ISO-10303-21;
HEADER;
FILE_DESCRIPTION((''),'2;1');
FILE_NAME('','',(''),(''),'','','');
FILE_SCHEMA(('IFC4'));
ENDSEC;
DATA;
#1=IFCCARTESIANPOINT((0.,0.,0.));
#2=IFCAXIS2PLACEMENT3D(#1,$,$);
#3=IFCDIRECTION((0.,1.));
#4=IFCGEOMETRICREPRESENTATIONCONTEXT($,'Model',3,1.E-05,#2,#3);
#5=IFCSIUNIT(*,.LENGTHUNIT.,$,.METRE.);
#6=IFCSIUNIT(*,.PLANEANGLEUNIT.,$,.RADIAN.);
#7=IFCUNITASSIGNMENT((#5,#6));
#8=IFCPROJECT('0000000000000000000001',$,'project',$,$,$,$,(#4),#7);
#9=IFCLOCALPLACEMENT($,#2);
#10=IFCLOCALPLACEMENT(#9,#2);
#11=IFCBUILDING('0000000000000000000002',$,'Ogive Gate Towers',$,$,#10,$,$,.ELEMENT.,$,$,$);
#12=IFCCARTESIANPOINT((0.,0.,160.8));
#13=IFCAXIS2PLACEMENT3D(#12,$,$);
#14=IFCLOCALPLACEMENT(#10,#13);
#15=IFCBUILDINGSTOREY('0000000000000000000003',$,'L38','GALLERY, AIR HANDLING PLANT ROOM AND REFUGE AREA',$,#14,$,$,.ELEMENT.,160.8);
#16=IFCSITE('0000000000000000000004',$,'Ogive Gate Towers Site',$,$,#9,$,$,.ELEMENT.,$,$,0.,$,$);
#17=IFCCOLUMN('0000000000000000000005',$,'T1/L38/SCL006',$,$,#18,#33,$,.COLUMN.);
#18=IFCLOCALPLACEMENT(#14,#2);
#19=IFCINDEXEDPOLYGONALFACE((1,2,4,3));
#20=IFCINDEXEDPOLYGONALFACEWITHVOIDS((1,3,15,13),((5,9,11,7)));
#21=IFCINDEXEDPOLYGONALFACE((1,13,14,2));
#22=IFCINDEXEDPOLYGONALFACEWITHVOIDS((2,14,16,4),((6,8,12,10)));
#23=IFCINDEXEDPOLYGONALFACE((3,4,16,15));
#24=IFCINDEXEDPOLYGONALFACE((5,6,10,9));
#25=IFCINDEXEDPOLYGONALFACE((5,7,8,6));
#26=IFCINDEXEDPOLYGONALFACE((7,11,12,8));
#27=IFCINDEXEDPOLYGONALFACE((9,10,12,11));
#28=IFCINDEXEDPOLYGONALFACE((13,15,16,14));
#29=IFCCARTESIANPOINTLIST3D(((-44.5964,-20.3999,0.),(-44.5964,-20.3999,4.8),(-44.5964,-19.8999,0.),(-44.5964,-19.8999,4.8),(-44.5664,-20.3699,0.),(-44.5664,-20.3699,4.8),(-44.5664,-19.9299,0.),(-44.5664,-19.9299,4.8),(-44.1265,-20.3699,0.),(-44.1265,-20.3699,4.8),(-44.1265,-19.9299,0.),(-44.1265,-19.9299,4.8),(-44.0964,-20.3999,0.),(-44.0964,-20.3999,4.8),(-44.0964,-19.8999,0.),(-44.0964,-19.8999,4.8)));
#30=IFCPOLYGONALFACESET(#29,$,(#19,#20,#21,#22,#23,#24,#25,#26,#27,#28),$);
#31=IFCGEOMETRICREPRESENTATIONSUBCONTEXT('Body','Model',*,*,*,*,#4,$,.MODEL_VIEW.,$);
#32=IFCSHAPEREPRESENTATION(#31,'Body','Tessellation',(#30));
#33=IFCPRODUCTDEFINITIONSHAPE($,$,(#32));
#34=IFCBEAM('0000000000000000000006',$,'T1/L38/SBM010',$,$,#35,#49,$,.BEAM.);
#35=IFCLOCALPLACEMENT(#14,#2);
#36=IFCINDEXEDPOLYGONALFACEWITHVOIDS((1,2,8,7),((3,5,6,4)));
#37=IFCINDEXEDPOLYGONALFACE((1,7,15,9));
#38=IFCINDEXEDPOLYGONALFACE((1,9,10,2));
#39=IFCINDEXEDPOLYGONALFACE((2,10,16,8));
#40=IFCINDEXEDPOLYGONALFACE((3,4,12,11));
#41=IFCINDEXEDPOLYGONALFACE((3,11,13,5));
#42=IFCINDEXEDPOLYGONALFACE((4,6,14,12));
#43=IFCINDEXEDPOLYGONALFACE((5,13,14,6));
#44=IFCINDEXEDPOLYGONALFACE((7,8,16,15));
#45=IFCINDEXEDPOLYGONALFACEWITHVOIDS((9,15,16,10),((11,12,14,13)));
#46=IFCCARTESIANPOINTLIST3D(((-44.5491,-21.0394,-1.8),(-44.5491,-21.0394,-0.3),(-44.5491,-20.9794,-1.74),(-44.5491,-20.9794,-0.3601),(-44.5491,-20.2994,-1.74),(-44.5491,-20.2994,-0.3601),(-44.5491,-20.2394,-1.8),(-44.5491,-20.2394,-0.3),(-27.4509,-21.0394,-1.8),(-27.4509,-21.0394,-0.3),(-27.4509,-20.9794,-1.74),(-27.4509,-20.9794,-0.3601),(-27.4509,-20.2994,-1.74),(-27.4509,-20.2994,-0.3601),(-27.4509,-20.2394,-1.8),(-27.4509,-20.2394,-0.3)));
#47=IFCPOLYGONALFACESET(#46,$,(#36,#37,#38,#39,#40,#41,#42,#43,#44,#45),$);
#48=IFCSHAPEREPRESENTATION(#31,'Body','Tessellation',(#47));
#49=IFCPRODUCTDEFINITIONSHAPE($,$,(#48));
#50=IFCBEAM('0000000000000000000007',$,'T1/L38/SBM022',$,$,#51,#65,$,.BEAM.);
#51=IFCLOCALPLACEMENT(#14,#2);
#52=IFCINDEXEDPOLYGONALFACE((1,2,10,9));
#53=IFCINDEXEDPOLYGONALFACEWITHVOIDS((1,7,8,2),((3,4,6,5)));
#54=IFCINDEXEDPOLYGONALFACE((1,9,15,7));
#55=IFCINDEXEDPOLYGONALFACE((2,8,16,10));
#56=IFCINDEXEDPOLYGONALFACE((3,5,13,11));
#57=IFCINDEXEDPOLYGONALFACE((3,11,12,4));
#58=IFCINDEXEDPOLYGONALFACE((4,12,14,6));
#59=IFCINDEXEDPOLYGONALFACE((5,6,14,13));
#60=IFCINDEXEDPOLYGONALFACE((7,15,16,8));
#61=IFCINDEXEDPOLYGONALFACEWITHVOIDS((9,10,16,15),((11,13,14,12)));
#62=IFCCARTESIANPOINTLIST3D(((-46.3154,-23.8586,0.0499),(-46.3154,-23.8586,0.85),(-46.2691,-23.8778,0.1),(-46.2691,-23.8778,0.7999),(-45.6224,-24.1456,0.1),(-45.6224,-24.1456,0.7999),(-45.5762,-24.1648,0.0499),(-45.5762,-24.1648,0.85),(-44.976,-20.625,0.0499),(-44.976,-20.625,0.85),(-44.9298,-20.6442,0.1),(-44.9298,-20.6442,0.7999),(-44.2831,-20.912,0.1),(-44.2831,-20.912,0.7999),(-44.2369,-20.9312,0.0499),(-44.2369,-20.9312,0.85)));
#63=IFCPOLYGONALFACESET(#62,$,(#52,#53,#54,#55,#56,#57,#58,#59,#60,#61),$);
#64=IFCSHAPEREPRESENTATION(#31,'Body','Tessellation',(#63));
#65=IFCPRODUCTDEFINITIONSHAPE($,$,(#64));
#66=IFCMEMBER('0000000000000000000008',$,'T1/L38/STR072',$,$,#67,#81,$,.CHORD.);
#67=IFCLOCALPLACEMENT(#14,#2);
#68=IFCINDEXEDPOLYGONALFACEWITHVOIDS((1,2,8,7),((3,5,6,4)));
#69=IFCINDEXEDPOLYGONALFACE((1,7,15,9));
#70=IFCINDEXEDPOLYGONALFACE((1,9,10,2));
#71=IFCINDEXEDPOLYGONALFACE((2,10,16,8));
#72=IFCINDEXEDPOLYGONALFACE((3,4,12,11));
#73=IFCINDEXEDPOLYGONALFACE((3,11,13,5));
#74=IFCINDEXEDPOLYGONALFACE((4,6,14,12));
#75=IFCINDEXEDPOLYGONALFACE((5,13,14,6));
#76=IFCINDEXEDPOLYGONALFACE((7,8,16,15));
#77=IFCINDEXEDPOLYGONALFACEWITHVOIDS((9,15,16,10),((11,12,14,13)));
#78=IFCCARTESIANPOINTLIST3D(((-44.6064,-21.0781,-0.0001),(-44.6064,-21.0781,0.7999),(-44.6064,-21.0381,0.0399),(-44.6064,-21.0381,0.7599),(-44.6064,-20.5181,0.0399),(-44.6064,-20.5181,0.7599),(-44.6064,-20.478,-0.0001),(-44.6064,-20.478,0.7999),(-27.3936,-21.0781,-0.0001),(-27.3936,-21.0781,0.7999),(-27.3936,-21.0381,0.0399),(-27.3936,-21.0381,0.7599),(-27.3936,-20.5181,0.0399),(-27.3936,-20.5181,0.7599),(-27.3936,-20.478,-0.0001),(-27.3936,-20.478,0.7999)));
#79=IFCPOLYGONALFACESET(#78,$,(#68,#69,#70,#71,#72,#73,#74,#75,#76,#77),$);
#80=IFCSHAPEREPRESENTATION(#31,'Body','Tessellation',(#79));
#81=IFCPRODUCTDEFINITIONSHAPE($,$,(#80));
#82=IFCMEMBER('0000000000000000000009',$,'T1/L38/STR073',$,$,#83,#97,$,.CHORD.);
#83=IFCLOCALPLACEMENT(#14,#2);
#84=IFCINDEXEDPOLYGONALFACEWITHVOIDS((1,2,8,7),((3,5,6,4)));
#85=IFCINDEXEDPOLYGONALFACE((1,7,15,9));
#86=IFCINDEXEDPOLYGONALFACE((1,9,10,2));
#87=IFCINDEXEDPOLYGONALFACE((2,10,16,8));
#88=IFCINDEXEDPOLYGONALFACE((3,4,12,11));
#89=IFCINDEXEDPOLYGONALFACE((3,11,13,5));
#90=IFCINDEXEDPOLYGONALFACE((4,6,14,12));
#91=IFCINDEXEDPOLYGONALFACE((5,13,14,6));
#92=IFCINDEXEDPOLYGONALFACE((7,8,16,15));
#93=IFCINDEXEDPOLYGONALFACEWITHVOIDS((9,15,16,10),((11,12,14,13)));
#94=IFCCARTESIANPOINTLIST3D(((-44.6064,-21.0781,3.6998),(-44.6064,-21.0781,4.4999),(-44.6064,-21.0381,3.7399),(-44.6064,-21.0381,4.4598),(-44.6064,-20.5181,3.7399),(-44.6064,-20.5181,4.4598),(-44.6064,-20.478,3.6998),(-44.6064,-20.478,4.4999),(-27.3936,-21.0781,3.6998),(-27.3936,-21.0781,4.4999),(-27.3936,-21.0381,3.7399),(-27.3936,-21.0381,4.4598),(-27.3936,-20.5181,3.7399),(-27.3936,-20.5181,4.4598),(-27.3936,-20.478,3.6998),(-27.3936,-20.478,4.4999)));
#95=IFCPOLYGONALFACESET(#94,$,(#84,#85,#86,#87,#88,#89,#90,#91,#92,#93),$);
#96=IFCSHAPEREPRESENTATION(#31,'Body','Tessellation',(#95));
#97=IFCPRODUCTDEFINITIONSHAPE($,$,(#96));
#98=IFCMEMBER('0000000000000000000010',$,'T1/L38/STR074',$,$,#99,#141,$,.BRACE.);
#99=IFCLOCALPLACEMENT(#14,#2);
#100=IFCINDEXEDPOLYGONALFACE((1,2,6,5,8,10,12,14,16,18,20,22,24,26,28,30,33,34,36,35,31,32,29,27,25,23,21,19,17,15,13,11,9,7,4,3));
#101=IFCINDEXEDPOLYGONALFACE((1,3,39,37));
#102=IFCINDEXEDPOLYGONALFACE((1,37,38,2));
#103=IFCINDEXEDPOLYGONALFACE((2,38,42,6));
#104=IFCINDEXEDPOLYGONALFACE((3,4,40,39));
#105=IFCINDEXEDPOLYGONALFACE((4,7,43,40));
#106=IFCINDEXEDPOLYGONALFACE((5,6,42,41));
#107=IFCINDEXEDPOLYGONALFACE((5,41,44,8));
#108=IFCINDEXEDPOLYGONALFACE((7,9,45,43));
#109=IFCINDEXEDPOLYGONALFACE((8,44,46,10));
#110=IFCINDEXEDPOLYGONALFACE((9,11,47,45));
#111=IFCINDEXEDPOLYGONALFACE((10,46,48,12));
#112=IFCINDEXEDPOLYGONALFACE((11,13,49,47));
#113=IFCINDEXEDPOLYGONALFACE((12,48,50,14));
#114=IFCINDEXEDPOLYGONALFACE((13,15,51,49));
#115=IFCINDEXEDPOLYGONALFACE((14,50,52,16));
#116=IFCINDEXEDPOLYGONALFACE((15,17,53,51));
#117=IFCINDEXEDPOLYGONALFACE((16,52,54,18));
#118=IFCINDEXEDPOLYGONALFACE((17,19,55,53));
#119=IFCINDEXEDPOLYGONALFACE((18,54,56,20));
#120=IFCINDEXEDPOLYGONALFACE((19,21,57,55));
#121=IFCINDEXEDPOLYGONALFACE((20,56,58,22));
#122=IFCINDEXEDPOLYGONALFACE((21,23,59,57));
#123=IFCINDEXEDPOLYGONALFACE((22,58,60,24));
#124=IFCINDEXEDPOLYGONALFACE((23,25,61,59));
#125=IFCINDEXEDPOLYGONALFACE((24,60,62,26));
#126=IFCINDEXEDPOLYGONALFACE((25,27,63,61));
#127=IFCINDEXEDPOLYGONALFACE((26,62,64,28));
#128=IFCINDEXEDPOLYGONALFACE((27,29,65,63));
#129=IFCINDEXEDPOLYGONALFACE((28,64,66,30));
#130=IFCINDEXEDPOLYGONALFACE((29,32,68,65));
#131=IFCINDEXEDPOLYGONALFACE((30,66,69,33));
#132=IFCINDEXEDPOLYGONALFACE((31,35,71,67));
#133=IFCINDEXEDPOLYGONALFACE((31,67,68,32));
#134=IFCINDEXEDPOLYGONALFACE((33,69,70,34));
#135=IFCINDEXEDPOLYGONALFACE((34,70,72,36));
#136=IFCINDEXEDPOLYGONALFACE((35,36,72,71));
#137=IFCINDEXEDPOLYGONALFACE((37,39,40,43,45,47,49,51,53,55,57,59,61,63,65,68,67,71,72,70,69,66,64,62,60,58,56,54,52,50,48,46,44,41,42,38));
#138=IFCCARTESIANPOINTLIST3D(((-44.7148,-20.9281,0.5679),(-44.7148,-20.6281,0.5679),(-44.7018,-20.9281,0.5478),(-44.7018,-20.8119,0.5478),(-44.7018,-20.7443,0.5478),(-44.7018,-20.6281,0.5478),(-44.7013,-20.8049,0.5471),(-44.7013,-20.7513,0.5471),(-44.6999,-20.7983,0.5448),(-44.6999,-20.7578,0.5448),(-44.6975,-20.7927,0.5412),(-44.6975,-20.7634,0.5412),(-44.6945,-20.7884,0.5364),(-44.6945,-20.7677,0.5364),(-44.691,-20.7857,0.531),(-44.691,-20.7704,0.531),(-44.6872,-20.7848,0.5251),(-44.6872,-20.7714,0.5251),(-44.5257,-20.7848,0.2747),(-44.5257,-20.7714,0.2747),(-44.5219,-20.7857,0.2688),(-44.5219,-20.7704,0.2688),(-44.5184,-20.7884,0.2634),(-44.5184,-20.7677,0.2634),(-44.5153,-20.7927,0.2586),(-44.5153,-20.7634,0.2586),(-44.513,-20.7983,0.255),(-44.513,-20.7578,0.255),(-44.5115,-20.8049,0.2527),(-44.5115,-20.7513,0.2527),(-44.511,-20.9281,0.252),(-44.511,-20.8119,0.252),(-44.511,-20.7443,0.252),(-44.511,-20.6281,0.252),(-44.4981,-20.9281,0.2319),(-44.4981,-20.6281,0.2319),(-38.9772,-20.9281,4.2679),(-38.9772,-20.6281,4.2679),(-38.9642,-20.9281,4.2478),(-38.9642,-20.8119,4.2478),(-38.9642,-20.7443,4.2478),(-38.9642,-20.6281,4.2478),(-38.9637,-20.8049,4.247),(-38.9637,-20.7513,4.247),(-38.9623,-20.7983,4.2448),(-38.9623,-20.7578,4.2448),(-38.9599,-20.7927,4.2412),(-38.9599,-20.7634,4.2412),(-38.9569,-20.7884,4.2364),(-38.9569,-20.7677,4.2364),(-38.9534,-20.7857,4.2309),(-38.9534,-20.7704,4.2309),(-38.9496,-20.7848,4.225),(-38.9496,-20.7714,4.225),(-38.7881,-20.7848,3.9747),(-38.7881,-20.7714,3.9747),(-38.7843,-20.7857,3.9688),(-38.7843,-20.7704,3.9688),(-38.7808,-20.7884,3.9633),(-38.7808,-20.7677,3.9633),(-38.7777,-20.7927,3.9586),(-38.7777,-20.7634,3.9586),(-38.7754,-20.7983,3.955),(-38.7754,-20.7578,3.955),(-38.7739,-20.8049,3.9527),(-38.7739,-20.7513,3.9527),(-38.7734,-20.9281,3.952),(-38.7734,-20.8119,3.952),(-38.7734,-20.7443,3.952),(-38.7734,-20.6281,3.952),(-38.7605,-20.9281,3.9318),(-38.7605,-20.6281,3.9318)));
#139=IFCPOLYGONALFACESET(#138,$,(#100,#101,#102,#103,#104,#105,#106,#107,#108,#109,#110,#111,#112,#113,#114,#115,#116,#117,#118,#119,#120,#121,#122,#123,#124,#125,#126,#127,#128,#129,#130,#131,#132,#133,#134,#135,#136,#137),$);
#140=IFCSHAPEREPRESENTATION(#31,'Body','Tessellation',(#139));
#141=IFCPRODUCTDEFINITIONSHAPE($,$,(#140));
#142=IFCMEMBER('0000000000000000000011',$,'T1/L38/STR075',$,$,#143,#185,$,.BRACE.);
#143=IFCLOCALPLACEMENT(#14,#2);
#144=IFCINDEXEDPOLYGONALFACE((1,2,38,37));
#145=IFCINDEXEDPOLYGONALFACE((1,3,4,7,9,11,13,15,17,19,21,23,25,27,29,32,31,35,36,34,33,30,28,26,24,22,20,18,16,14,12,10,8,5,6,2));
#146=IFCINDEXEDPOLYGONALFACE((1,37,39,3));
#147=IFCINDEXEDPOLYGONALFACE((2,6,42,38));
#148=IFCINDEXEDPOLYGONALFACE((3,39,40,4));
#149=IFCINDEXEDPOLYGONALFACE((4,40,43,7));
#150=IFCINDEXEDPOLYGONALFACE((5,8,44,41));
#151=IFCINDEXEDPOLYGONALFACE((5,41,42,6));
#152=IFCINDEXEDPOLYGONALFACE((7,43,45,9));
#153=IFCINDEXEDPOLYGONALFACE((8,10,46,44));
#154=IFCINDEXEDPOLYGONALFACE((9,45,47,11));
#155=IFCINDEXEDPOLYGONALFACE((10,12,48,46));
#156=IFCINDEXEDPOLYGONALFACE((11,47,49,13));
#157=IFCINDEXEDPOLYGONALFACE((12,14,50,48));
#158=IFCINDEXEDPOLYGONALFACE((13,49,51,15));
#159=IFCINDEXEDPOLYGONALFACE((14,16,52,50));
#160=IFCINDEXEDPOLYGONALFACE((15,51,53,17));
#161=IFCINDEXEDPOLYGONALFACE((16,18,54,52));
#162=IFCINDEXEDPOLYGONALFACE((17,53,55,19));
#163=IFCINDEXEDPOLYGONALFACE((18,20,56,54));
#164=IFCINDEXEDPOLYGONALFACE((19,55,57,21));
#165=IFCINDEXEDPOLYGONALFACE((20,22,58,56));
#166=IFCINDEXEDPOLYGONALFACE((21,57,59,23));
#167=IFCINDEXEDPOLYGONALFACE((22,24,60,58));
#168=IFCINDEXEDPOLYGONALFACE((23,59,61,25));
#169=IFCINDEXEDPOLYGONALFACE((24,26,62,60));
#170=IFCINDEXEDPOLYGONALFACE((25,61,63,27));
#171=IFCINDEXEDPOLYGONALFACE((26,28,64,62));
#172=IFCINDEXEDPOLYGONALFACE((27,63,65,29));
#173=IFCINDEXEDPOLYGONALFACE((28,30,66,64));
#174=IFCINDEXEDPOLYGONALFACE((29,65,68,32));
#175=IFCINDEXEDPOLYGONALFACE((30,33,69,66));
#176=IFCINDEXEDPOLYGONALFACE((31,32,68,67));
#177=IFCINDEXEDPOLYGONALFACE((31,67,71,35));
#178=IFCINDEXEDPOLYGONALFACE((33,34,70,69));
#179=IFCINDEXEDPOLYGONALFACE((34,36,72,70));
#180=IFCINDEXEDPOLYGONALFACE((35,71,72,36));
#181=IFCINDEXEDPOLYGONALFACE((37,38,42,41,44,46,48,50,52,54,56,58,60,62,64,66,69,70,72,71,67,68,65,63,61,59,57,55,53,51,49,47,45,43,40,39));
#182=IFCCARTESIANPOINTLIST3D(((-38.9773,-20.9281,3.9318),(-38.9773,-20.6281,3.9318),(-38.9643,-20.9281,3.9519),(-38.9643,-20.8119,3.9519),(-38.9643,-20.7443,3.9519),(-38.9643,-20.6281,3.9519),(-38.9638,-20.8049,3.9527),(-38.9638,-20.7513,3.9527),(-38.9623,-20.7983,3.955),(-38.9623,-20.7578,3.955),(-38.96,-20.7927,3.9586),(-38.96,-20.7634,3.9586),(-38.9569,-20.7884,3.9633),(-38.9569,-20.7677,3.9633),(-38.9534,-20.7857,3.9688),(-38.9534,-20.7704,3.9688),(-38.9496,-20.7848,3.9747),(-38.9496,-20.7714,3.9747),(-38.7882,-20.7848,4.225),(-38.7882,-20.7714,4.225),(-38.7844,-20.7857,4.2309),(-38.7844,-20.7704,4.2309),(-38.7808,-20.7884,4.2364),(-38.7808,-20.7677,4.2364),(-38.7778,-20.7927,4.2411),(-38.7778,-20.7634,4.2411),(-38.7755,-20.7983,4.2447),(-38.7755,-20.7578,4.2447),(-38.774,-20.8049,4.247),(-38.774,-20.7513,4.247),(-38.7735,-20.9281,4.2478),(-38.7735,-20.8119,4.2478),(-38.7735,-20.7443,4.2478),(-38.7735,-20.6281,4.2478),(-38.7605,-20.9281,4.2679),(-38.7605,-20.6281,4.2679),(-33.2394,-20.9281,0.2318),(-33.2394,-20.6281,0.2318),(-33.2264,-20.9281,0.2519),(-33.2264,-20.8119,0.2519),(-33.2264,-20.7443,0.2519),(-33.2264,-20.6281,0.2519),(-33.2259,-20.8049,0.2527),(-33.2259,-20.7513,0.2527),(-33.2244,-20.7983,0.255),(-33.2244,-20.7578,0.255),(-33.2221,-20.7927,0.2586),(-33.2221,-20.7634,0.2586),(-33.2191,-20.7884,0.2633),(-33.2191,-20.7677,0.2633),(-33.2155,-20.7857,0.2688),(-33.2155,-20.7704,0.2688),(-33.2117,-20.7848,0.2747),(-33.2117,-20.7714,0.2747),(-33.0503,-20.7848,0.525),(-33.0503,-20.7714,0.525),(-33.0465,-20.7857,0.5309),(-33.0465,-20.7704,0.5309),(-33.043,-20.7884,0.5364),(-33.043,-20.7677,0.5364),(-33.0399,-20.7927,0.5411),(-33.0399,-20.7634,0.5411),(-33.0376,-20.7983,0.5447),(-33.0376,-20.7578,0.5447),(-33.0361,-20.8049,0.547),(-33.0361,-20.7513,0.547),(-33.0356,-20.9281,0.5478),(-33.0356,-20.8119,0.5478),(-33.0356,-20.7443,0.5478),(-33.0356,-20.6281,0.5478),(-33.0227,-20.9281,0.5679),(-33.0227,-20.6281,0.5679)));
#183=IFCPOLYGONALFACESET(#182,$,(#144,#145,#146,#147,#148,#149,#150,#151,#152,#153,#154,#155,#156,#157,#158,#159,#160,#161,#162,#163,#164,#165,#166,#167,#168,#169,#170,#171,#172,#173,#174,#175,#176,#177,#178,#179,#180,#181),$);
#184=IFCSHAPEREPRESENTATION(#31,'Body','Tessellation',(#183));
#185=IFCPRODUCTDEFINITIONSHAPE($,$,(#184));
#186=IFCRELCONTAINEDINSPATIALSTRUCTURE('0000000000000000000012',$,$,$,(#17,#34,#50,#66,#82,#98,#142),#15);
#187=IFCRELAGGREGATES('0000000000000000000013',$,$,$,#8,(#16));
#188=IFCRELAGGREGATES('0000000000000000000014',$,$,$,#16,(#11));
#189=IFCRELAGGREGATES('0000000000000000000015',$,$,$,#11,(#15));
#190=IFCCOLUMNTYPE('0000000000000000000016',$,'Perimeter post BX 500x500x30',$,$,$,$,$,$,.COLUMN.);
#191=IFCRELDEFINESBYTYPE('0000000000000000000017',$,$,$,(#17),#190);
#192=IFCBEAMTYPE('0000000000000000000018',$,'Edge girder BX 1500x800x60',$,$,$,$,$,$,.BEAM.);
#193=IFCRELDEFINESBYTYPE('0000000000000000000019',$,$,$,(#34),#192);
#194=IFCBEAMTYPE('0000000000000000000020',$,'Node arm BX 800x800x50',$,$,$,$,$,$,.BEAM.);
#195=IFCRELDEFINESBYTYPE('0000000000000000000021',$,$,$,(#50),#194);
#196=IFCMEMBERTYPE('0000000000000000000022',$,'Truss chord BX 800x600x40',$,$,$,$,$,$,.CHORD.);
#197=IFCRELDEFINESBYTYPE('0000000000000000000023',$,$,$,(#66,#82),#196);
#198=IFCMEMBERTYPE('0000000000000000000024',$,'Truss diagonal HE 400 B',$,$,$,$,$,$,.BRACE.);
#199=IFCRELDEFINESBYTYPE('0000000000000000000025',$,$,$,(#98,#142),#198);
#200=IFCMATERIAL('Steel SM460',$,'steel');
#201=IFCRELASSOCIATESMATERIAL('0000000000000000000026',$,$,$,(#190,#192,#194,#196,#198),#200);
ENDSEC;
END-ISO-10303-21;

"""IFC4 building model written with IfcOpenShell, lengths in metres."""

from ifc_helpers import new_model, si_unit, direction, frame, origin, origin_2d, place, context, subcontext, project, spatial, hollow_rectangle, i_section, extrude, material, material_profile, profile_set, type_object, element, save


model = new_model("IFC4")

# Units and contexts
model_context = context("Model", 3, precision=1e-05, world=origin(), true_north=direction((0.0, 1.0)))
body_context = subcontext(model_context, "Body", "Model", "MODEL_VIEW")
ifc_project = project(units=[si_unit("LENGTHUNIT", "METRE"), si_unit("PLANEANGLEUNIT", "RADIAN")], contexts=[model_context])

# Site, building, storey
site_placement = place(None, origin())
site = spatial("IfcSite", under=ifc_project, at=site_placement, Name="Ogive Gate Towers Site", CompositionType="ELEMENT", RefElevation=0.0)
building_placement = place(site_placement, origin())
building = spatial("IfcBuilding", under=site, at=building_placement, Name="Ogive Gate Towers", CompositionType="ELEMENT")
storey_placement = place(building_placement, frame((0.0, 0.0, 160.8)))
storey = spatial("IfcBuildingStorey", under=building, at=storey_placement, Name="L38", Description="GALLERY, AIR HANDLING PLANT ROOM AND REFUGE AREA", CompositionType="ELEMENT", Elevation=160.8)

# Column
ifc_material_1 = material(Name="Steel SM460", Category="steel")
ifc_material_profile_1 = material_profile(ifc_material_1, hollow_rectangle(XDim=0.5, YDim=0.5, WallThickness=0.03, at=origin_2d()), Name="BX 500x500x30")
ifc_profile_set_1 = profile_set([ifc_material_profile_1], Name="Steel SM460")
column_type = type_object("IfcColumnType", Name="Perimeter post BX 500x500x30", PredefinedType="COLUMN", material=ifc_profile_set_1)
column_placement = place(storey_placement, frame((-44.3464, -20.1499, 0.0), z_axis=(0.0, 0.0, 1.0), x_axis=(1.0, 0.0, 0.0)))
element("IfcColumn", 1, at=column_placement, inside=storey, type_object=column_type, Name="T1/L38/SCL006", PredefinedType="COLUMN", context=body_context, shape_type="SweptSolid", body=[
    extrude(hollow_rectangle(XDim=0.5, YDim=0.5, WallThickness=0.03, at=origin_2d()), origin(), (0.0, 0.0, 1.0), 4.8),
])

# Beams
ifc_material_profile_2 = material_profile(ifc_material_1, hollow_rectangle(XDim=0.8, YDim=1.5, WallThickness=0.0601, at=origin_2d()), Name="BX 1500x800x60")
ifc_profile_set_2 = profile_set([ifc_material_profile_2], Name="Steel SM460")
beam_type_1 = type_object("IfcBeamType", Name="Edge girder BX 1500x800x60", PredefinedType="BEAM", material=ifc_profile_set_2)
beam_1_placement = place(storey_placement, frame((-44.5491, -20.6394, -1.05), z_axis=(1.0, 0.0, 0.0), x_axis=(0.0, 1.0, 0.0)))
element("IfcBeam", 2, at=beam_1_placement, inside=storey, type_object=beam_type_1, Name="T1/L38/SBM010", PredefinedType="BEAM", context=body_context, shape_type="SweptSolid", body=[
    extrude(hollow_rectangle(XDim=0.8, YDim=1.5, WallThickness=0.0601, at=origin_2d()), origin(), (0.0, 0.0, 1.0), 17.0981),
])
ifc_material_profile_3 = material_profile(ifc_material_1, hollow_rectangle(XDim=0.8, YDim=0.8, WallThickness=0.05, at=origin_2d()), Name="BX 800x800x50")
ifc_profile_set_3 = profile_set([ifc_material_profile_3], Name="Steel SM460")
beam_type_2 = type_object("IfcBeamType", Name="Node arm BX 800x800x50", PredefinedType="BEAM", material=ifc_profile_set_3)
beam_2_placement = place(storey_placement, frame((-44.6064, -20.7781, 0.45), z_axis=(-0.382668, -0.923886, 0.0), x_axis=(0.923886, -0.382668, 0.0)))
element("IfcBeam", 3, at=beam_2_placement, inside=storey, type_object=beam_type_2, Name="T1/L38/SBM022", PredefinedType="BEAM", context=body_context, shape_type="SweptSolid", body=[
    extrude(hollow_rectangle(XDim=0.8, YDim=0.8, WallThickness=0.05, at=origin_2d()), origin(), (0.0, 0.0, 1.0), 3.5),
])

# Members
ifc_material_profile_4 = material_profile(ifc_material_1, hollow_rectangle(XDim=0.6001, YDim=0.8, WallThickness=0.04, at=origin_2d()), Name="BX 800x600x40")
ifc_profile_set_4 = profile_set([ifc_material_profile_4], Name="Steel SM460")
member_type_1 = type_object("IfcMemberType", Name="Truss chord BX 800x600x40", PredefinedType="CHORD", material=ifc_profile_set_4)
for number, where, z_axis, x_axis, name in (
    (4, (-44.6064, -20.7781, 0.3999), (1.0, 0.0, 0.0), (0.0, 1.0, 0.0), "T1/L38/STR072"),
    (5, (-44.6064, -20.7781, 4.0999), (1.0, 0.0, 0.0), (0.0, 1.0, 0.0), "T1/L38/STR073"),
):
    element("IfcMember", number, at=place(storey_placement, frame(where, z_axis=z_axis, x_axis=x_axis)), inside=storey, type_object=member_type_1, Name=name, PredefinedType="CHORD", context=body_context, shape_type="SweptSolid", body=[
        extrude(hollow_rectangle(XDim=0.6001, YDim=0.8, WallThickness=0.04, at=origin_2d()), origin(), (0.0, 0.0, 1.0), 17.2129),
    ])
ifc_material_profile_5 = material_profile(ifc_material_1, i_section(OverallWidth=0.3, OverallDepth=0.3999, WebThickness=0.0134, FlangeThickness=0.0239, FilletRadius=0.0271, at=origin_2d()), Name="HE 400 B")
ifc_profile_set_5 = profile_set([ifc_material_profile_5], Name="Steel SM460")
member_type_2 = type_object("IfcMemberType", Name="Truss diagonal HE 400 B", PredefinedType="BRACE", material=ifc_profile_set_5)
member_1_placement = place(storey_placement, frame((-44.6064, -20.7781, 0.3999), z_axis=(0.84041, 0.0, 0.541952), x_axis=(0.0, 1.0, 0.0)))
element("IfcMember", 6, at=member_1_placement, inside=storey, type_object=member_type_2, Name="T1/L38/STR074", PredefinedType="BRACE", context=body_context, shape_type="SweptSolid", body=[
    extrude(i_section(OverallWidth=0.3, OverallDepth=0.3999, WebThickness=0.0134, FlangeThickness=0.0239, FilletRadius=0.0271, at=origin_2d()), origin(), (0.0, 0.0, 1.0), 6.8271),
])
member_2_placement = place(storey_placement, frame((-38.8689, -20.7781, 4.0999), z_axis=(0.84042, 0.0, -0.541935), x_axis=(0.0, 1.0, 0.0)))
element("IfcMember", 7, at=member_2_placement, inside=storey, type_object=member_type_2, Name="T1/L38/STR075", PredefinedType="BRACE", context=body_context, shape_type="SweptSolid", body=[
    extrude(i_section(OverallWidth=0.3, OverallDepth=0.3999, WebThickness=0.0134, FlangeThickness=0.0239, FilletRadius=0.0271, at=origin_2d()), origin(), (0.0, 0.0, 1.0), 6.8274),
])

save(model, "model.ifc")
